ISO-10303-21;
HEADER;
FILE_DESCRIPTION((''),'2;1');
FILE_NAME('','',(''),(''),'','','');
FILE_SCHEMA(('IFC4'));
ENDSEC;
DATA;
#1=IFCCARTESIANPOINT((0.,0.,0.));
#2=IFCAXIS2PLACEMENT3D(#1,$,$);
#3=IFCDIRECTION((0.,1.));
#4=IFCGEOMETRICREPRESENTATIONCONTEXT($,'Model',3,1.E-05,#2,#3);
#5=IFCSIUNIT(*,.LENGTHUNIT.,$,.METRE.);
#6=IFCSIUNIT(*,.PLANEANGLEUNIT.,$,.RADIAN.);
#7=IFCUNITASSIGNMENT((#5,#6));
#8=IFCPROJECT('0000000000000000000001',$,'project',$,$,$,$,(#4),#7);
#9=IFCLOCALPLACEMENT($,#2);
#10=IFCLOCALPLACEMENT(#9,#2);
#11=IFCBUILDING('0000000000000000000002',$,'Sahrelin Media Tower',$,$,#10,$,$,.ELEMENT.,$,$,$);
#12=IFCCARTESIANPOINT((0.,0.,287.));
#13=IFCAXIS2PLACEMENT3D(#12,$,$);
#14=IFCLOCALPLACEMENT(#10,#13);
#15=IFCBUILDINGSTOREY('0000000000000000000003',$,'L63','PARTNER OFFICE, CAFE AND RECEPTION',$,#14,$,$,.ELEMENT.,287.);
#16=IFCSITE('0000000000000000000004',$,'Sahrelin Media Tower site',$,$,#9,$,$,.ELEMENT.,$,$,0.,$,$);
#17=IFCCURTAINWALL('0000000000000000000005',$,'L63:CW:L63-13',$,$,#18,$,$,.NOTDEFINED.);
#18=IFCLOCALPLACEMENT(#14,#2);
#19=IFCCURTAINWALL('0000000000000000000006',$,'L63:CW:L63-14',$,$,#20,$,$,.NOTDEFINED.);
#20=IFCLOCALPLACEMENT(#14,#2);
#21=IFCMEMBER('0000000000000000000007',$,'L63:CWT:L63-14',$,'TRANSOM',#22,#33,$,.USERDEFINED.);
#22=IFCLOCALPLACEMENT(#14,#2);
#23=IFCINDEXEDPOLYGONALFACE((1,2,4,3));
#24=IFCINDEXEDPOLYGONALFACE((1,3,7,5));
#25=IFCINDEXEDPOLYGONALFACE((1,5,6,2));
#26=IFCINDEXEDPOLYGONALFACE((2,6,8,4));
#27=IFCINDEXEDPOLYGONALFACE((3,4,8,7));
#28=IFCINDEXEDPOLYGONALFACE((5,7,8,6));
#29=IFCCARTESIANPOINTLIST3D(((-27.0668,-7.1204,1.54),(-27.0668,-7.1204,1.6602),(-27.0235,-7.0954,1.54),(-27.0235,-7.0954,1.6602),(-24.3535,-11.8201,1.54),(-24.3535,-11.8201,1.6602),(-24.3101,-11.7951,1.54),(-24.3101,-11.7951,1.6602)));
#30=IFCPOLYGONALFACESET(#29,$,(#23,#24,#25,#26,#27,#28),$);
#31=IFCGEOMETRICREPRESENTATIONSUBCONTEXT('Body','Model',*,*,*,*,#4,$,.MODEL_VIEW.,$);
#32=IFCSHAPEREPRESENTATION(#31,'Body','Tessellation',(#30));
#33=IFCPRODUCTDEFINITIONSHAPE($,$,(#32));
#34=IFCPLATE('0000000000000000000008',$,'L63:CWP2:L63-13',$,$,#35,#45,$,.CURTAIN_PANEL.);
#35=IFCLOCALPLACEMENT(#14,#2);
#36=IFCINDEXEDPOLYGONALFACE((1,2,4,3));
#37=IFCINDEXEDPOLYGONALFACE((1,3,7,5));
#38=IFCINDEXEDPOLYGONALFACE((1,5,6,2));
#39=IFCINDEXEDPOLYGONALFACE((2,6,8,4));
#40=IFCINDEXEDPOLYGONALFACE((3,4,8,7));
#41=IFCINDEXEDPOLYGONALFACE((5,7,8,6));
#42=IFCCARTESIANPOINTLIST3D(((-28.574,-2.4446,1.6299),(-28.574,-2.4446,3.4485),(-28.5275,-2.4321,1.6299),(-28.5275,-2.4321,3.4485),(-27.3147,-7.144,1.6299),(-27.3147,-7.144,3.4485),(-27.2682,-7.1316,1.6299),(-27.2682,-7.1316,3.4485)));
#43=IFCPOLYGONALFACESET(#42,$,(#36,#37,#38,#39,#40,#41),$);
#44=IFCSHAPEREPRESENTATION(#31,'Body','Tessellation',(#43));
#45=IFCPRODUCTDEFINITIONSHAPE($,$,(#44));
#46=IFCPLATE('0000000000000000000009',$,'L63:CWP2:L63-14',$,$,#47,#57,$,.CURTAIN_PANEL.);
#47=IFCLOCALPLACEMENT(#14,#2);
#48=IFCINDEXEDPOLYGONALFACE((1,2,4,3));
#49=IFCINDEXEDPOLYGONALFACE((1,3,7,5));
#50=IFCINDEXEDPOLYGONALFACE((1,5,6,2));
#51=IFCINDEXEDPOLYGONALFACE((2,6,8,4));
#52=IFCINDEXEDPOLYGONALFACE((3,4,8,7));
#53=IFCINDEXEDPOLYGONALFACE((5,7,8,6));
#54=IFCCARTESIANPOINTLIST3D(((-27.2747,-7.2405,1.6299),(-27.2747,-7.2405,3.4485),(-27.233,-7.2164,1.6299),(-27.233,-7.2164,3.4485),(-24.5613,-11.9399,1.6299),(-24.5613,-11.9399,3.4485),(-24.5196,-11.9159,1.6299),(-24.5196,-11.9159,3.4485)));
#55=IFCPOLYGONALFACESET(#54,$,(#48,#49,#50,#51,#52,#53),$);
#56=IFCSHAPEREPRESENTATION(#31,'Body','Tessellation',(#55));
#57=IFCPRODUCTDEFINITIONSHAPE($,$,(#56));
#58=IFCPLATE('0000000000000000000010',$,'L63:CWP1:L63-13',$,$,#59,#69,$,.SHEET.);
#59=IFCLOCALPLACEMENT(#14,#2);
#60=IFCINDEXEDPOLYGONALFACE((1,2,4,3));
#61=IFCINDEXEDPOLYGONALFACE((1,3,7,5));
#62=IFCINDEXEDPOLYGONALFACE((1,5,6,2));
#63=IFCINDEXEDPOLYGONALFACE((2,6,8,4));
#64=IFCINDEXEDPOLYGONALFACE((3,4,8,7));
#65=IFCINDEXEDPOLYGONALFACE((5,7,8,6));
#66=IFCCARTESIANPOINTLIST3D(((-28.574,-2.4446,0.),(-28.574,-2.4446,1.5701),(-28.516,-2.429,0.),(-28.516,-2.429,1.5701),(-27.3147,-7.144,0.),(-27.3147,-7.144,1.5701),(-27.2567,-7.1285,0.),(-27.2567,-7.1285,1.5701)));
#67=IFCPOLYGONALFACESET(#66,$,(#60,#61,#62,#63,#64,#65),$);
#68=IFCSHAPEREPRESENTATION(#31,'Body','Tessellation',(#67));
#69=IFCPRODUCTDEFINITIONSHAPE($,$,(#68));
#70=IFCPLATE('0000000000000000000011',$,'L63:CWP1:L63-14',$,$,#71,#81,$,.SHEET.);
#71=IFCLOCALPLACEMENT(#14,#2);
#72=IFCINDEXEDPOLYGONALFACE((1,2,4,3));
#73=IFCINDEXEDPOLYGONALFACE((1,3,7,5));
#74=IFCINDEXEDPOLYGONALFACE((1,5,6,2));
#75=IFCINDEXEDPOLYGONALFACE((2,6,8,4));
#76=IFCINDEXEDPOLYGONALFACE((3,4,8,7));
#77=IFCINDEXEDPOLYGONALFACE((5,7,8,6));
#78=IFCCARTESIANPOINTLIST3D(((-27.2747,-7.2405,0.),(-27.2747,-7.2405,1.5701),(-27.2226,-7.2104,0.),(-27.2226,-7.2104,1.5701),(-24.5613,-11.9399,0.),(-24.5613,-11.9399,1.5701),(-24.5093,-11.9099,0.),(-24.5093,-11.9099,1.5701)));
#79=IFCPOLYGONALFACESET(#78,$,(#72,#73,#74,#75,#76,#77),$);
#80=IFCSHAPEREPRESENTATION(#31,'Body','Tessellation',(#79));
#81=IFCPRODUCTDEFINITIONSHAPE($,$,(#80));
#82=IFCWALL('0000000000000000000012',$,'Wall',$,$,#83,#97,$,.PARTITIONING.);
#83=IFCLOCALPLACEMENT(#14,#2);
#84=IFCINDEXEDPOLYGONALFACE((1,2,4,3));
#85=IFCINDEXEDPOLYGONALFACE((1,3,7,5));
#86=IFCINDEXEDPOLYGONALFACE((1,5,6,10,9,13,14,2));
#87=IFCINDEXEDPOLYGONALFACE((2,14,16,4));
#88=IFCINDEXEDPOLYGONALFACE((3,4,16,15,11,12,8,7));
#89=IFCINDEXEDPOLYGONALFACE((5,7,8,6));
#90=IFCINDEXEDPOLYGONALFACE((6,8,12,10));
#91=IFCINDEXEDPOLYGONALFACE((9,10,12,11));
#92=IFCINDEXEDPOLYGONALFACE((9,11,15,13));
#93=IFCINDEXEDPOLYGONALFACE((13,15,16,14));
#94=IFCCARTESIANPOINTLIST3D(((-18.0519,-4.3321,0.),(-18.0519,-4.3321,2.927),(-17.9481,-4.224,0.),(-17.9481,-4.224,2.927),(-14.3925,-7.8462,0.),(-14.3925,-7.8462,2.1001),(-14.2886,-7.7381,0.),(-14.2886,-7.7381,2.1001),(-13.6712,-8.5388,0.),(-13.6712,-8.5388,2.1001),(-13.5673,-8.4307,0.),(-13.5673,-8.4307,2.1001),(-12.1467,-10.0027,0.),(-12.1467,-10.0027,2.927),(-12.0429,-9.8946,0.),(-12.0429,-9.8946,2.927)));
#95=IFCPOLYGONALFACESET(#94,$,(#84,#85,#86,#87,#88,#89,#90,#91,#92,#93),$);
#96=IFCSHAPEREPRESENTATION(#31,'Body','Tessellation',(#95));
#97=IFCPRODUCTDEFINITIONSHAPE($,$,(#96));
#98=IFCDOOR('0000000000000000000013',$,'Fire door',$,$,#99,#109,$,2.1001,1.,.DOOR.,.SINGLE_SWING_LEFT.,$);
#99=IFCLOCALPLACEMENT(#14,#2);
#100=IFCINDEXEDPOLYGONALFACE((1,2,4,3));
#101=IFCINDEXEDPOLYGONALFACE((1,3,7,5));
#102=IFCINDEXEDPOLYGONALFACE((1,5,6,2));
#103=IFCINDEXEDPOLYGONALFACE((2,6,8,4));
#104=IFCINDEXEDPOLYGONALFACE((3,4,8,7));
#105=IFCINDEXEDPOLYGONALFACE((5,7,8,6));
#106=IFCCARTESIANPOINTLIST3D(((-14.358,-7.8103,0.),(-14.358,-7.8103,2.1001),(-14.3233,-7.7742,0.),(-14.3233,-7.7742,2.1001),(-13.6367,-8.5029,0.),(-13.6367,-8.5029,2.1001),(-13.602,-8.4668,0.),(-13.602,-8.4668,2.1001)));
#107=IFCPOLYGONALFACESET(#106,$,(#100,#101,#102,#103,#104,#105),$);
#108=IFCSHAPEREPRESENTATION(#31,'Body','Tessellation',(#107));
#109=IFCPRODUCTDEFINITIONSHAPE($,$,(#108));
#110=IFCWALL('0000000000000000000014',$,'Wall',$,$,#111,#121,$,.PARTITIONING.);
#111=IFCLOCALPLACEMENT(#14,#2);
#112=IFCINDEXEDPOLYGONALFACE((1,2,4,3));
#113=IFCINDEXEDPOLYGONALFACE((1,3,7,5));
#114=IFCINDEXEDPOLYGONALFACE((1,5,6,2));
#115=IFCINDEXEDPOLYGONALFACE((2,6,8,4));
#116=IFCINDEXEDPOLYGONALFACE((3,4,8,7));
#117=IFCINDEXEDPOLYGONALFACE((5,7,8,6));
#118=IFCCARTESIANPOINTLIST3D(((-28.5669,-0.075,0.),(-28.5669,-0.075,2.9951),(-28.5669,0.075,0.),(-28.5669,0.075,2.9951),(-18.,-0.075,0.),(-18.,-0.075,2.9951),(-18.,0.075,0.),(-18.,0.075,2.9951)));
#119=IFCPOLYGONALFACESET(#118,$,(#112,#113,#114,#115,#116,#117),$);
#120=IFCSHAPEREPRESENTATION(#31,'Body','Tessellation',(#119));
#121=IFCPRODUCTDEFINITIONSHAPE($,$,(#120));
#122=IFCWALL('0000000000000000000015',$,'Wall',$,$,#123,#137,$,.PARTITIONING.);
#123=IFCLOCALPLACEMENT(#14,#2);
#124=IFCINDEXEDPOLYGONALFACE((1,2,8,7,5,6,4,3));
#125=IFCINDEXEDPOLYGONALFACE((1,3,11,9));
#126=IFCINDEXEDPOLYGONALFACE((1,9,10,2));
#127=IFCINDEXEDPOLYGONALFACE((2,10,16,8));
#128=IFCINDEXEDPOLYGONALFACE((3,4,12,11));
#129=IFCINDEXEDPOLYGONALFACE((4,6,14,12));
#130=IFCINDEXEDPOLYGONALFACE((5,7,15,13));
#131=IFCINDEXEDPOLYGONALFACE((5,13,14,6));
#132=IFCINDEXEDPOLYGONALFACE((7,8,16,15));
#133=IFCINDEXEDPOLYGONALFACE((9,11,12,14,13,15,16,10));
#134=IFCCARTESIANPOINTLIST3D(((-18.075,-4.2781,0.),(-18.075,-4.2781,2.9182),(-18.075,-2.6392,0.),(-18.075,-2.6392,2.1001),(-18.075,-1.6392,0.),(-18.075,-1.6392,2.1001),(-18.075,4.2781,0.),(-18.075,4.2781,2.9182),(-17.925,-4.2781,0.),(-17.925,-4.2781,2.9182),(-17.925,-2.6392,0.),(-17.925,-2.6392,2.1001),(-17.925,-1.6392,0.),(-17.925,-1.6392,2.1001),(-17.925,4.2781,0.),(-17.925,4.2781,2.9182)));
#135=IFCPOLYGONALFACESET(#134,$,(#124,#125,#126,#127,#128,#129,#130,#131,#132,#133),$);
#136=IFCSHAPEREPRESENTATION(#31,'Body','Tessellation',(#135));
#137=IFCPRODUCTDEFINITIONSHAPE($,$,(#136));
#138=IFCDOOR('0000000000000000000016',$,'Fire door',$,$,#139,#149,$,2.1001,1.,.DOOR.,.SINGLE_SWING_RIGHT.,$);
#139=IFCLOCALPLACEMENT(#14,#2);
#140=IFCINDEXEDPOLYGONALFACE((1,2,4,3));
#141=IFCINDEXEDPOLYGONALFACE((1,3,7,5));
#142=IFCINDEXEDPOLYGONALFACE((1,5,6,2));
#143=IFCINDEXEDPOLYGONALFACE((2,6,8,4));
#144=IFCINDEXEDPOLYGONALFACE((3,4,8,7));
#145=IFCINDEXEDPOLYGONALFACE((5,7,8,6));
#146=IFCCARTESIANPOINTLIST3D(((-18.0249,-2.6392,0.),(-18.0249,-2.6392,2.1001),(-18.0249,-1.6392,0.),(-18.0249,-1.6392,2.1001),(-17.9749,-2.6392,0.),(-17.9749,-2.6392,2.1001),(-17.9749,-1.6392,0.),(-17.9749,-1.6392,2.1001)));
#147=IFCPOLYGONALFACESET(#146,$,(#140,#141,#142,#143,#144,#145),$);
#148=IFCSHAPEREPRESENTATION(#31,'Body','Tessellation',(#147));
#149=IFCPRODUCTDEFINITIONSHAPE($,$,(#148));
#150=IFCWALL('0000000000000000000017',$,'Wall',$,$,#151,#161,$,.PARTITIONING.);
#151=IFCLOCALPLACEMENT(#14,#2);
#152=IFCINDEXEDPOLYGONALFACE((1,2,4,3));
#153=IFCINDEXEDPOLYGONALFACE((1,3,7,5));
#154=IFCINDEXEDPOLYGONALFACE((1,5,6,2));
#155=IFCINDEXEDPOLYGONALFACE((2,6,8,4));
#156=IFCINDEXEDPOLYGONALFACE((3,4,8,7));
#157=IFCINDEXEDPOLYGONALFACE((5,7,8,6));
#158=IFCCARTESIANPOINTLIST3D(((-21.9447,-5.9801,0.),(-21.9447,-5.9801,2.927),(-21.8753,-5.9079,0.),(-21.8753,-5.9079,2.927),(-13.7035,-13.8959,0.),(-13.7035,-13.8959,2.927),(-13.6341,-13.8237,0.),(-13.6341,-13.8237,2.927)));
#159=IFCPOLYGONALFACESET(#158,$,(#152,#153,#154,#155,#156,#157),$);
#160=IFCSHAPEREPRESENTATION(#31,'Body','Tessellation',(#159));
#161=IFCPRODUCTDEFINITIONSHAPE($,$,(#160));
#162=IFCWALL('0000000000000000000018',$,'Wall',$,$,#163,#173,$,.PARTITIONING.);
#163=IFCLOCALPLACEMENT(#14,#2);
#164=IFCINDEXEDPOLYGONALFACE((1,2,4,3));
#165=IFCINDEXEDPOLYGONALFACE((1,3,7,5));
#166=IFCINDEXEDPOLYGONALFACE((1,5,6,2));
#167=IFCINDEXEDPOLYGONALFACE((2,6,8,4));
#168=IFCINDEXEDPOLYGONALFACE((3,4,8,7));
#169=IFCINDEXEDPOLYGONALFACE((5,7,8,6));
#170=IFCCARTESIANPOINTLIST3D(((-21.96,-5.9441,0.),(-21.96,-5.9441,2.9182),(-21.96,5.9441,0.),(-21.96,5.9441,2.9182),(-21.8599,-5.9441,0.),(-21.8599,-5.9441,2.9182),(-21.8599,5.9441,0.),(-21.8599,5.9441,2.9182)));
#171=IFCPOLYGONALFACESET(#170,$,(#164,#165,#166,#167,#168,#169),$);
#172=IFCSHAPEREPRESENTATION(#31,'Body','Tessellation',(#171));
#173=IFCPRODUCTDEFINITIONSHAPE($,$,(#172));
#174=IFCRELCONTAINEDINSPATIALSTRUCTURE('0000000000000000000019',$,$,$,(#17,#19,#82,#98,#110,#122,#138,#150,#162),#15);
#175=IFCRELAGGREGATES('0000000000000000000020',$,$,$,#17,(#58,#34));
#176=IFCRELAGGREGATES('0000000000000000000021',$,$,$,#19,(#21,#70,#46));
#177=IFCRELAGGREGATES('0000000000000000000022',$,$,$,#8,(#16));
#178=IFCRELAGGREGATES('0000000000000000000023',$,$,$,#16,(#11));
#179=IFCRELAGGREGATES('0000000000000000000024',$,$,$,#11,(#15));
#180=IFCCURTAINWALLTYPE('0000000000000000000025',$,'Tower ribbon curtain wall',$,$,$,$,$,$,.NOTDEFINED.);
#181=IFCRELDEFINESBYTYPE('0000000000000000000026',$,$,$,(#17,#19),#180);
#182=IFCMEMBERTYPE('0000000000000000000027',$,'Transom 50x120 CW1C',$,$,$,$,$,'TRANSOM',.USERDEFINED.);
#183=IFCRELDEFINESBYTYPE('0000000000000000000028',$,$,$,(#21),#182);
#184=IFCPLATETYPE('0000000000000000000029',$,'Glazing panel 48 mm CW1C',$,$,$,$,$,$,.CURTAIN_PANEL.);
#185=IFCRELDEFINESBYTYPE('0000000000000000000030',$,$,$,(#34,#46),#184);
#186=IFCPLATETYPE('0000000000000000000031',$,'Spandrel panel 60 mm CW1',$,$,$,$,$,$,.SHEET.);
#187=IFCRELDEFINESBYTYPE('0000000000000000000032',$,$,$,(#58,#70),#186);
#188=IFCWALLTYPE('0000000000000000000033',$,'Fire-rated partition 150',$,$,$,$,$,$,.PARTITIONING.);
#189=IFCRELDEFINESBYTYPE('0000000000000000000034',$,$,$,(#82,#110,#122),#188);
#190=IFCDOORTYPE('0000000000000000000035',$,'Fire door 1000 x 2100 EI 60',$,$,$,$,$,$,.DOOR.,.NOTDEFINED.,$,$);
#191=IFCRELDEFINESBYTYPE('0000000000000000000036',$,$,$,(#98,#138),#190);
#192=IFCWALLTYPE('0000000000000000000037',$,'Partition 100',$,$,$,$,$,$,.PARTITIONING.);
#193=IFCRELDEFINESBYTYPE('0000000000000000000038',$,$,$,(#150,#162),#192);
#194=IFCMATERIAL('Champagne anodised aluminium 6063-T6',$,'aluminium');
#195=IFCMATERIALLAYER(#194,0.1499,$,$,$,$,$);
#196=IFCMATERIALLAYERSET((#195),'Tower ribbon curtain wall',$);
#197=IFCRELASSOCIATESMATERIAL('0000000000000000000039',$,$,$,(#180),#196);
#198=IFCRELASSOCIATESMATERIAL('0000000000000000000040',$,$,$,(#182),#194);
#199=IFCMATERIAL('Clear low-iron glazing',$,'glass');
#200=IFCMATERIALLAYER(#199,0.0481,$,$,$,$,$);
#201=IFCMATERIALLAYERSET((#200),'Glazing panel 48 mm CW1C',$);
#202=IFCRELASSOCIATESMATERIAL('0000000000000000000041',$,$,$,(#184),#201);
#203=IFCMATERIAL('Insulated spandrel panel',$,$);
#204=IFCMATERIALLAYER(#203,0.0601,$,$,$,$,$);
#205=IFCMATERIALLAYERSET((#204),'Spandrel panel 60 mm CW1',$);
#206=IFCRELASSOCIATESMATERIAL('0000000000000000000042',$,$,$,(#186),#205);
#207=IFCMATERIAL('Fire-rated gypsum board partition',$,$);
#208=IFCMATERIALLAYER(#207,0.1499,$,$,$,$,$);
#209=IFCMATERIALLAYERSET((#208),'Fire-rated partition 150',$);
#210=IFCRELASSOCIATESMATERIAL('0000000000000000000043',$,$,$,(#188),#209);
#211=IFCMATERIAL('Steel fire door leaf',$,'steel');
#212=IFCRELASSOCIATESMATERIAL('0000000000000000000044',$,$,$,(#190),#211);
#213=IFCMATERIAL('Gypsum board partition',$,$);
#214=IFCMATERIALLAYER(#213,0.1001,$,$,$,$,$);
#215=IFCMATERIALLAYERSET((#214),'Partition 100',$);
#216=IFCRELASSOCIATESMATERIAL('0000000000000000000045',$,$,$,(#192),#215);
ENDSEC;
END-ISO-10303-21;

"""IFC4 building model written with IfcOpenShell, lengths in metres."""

from ifc_helpers import new_model, si_unit, direction, frame, frame_2d, origin, origin_2d, place, context, subcontext, project, spatial, polyline, rectangle, outline, extrude, material, layer, layer_set, material_profile, profile_set, type_object, element, fill, aggregate, save


model = new_model("IFC4")

# Units and contexts
model_context = context("Model", 3, precision=1e-05, world=origin(), true_north=direction((0.0, 1.0)))
body_context = subcontext(model_context, "Body", "Model", "MODEL_VIEW")
ifc_project = project(units=[si_unit("LENGTHUNIT", "METRE"), si_unit("PLANEANGLEUNIT", "RADIAN")], contexts=[model_context])

# Site, building, storey
site_placement = place(None, origin())
site = spatial("IfcSite", under=ifc_project, at=site_placement, Name="Sahrelin Media Tower site", CompositionType="ELEMENT", RefElevation=0.0)
building_placement = place(site_placement, origin())
building = spatial("IfcBuilding", under=site, at=building_placement, Name="Sahrelin Media Tower", CompositionType="ELEMENT")
storey_placement = place(building_placement, frame((0.0, 0.0, 287.0)))
storey = spatial("IfcBuildingStorey", under=building, at=storey_placement, Name="L63", Description="PARTNER OFFICE, CAFE AND RECEPTION", CompositionType="ELEMENT", Elevation=287.0)

# Curtain wall
ifc_material_1 = material(Name="Champagne anodised aluminium 6063-T6", Category="aluminium")
ifc_layer_1 = layer(ifc_material_1, 0.1499)
ifc_layer_set_1 = layer_set([ifc_layer_1], Name="Tower ribbon curtain wall")
curtain_wall_type = type_object("IfcCurtainWallType", Name="Tower ribbon curtain wall", PredefinedType="NOTDEFINED", material=ifc_layer_set_1)
curtain_wall_1_placement = place(storey_placement, frame((-27.9248, -4.7893, 0.0), z_axis=(0.0, 0.0, 1.0), x_axis=(1.0, 0.0, 0.0)))
curtain_wall_1 = element("IfcCurtainWall", 1, at=curtain_wall_1_placement, inside=storey, type_object=curtain_wall_type, Name="L63:CW:L63-13", PredefinedType="NOTDEFINED")

# Shared definitions
ifc_material_profile_1 = material_profile(ifc_material_1, rectangle(XDim=0.05, YDim=0.1201, at=origin_2d()), Name="Transom 50x120")
ifc_profile_set_1 = profile_set([ifc_material_profile_1], Name="Champagne anodised aluminium 6063-T6")
member_type_1 = type_object("IfcMemberType", Name="Transom 50x120 CW1C", ElementType="TRANSOM", PredefinedType="USERDEFINED", material=ifc_profile_set_1)

# Curtain wall, member
curtain_wall_2_placement = place(storey_placement, frame((-25.9006, -9.5801, 0.0), z_axis=(0.0, 0.0, 1.0), x_axis=(1.0, 0.0, 0.0)))
curtain_wall_2 = element("IfcCurtainWall", 2, at=curtain_wall_2_placement, inside=storey, type_object=curtain_wall_type, Name="L63:CW:L63-14", PredefinedType="NOTDEFINED")
member_1_placement = place(storey_placement, frame((-27.0452, -7.1079, 1.6001), z_axis=(0.5, -0.866025, 0.0), x_axis=(0.866025, 0.5, 0.0)))
member_1 = element("IfcMember", 3, at=member_1_placement, type_object=member_type_1, Name="L63:CWT:L63-14", ObjectType="TRANSOM", PredefinedType="USERDEFINED", context=body_context, shape_type="SweptSolid", body=[
    extrude(rectangle(XDim=0.05, YDim=0.1201, at=origin_2d()), origin(), (0.0, 0.0, 1.0), 5.4268),
])

# Plates
ifc_material_2 = material(Name="Clear low-iron glazing", Category="glass")
ifc_layer_2 = layer(ifc_material_2, 0.0481)
ifc_layer_set_2 = layer_set([ifc_layer_2], Name="Glazing panel 48 mm CW1C")
plate_type_1 = type_object("IfcPlateType", Name="Glazing panel 48 mm CW1C", PredefinedType="CURTAIN_PANEL", material=ifc_layer_set_2)
plate_1_placement = place(storey_placement, frame((-28.574, -2.4446, 1.6299), z_axis=(-0.965923, -0.258831, 0.0), x_axis=(0.258831, -0.965923, 0.0)))
plate_1 = element("IfcPlate", 4, at=plate_1_placement, type_object=plate_type_1, Name="L63:CWP2:L63-13", PredefinedType="CURTAIN_PANEL", context=body_context, shape_type="SweptSolid", body=[
    extrude(outline(polyline([(0.0, 0.0), (4.8652, 0.0), (4.8652, 1.8186), (0.0, 1.8186), (0.0, 0.0)])), origin(), (0.0, 0.0, -1.0), 0.0481),
])
plate_2_placement = place(storey_placement, frame((-27.2747, -7.2405, 1.6299), z_axis=(-0.866014, -0.50002, 0.0), x_axis=(0.50002, -0.866014, 0.0)))
plate_2 = element("IfcPlate", 5, at=plate_2_placement, type_object=plate_type_1, Name="L63:CWP2:L63-14", PredefinedType="CURTAIN_PANEL", context=body_context, shape_type="SweptSolid", body=[
    extrude(outline(polyline([(0.0, 0.0), (5.4265, 0.0), (5.4265, 1.8186), (0.0, 1.8186), (0.0, 0.0)])), origin(), (0.0, 0.0, -1.0), 0.0481),
])
ifc_material_3 = material(Name="Insulated spandrel panel")
ifc_layer_3 = layer(ifc_material_3, 0.0601)
ifc_layer_set_3 = layer_set([ifc_layer_3], Name="Spandrel panel 60 mm CW1")
plate_type_2 = type_object("IfcPlateType", Name="Spandrel panel 60 mm CW1", PredefinedType="SHEET", material=ifc_layer_set_3)
plate_3_placement = place(storey_placement, frame((-28.574, -2.4446, 0.0), z_axis=(-0.965923, -0.258831, 0.0), x_axis=(0.258831, -0.965923, 0.0)))
plate_3 = element("IfcPlate", 6, at=plate_3_placement, type_object=plate_type_2, Name="L63:CWP1:L63-13", PredefinedType="SHEET", context=body_context, shape_type="SweptSolid", body=[
    extrude(outline(polyline([(0.0, 0.0), (4.8652, 0.0), (4.8652, 1.5701), (0.0, 1.5701), (0.0, 0.0)])), origin(), (0.0, 0.0, -1.0), 0.0601),
])
aggregate(curtain_wall_1, [plate_3, plate_1])
plate_4_placement = place(storey_placement, frame((-27.2747, -7.2405, 0.0), z_axis=(-0.866014, -0.50002, 0.0), x_axis=(0.50002, -0.866014, 0.0)))
plate_4 = element("IfcPlate", 7, at=plate_4_placement, type_object=plate_type_2, Name="L63:CWP1:L63-14", PredefinedType="SHEET", context=body_context, shape_type="SweptSolid", body=[
    extrude(outline(polyline([(0.0, 0.0), (5.4265, 0.0), (5.4265, 1.5701), (0.0, 1.5701), (0.0, 0.0)])), origin(), (0.0, 0.0, -1.0), 0.0601),
])
aggregate(curtain_wall_2, [member_1, plate_4, plate_2])

# Wall, opening, door
ifc_material_4 = material(Name="Fire-rated gypsum board partition")
ifc_layer_4 = layer(ifc_material_4, 0.1499)
ifc_layer_set_4 = layer_set([ifc_layer_4], Name="Fire-rated partition 150")
wall_type_1 = type_object("IfcWallType", Name="Fire-rated partition 150", PredefinedType="PARTITIONING", material=ifc_layer_set_4)
wall_1_placement = place(storey_placement, frame((-18.0, -4.2781, 0.0), z_axis=(0.0, 0.0, 1.0), x_axis=(0.72129, -0.692633, 0.0)))
wall_1 = element("IfcWall", 8, at=wall_1_placement, inside=storey, type_object=wall_type_1, Name="Wall", PredefinedType="PARTITIONING", context=body_context, shape_type="SweptSolid", body=[
    extrude(rectangle(XDim=8.187, YDim=0.1499, at=frame_2d((4.0935, 0.0))), origin(), (0.0, 0.0, 1.0), 2.927),
])
opening_1_placement = place(wall_1_placement, frame((5.0735, 0.0, 0.0)))
opening_1 = element("IfcOpeningElement", 9, at=opening_1_placement, cuts=wall_1, PredefinedType="OPENING", context=body_context, shape_type="SweptSolid", body=[
    extrude(rectangle(XDim=1.0, YDim=2.1001, at=frame_2d((0.5, 1.05))), frame((0.0, 0.075, 0.0), z_axis=(0.0, -1.0, 0.0), x_axis=(1.0, 0.0, 0.0)), (0.0, 0.0, 1.0), 0.1499),
])
ifc_material_5 = material(Name="Steel fire door leaf", Category="steel")
door_type = type_object("IfcDoorType", Name="Fire door 1000 x 2100 EI 60", OperationType="NOTDEFINED", PredefinedType="DOOR", material=ifc_material_5)
door_1_placement = place(opening_1_placement, origin())
door_1 = element("IfcDoor", 10, at=door_1_placement, inside=storey, type_object=door_type, Name="Fire door", OperationType="SINGLE_SWING_LEFT", OverallHeight=2.1001, OverallWidth=1.0, PredefinedType="DOOR", context=body_context, shape_type="SweptSolid", body=[
    extrude(rectangle(XDim=1.0, YDim=2.1001, at=frame_2d((0.5, 1.05))), frame((0.0, 0.0249, 0.0), z_axis=(0.0, -1.0, 0.0), x_axis=(1.0, 0.0, 0.0)), (0.0, 0.0, 1.0), 0.05),
])
fill(opening_1, door_1)

# Wall
wall_2_placement = place(storey_placement, frame((-28.5669, 0.0, 0.0), z_axis=(0.0, 0.0, 1.0), x_axis=(1.0, 0.0, 0.0)))
element("IfcWall", 11, at=wall_2_placement, inside=storey, type_object=wall_type_1, Name="Wall", PredefinedType="PARTITIONING", context=body_context, shape_type="SweptSolid", body=[
    extrude(rectangle(XDim=10.5669, YDim=0.1499, at=frame_2d((5.2834, 0.0))), origin(), (0.0, 0.0, 1.0), 2.9951),
])

# Wall, opening, door
wall_3_placement = place(storey_placement, frame((-18.0, -4.2781, 0.0), z_axis=(0.0, 0.0, 1.0), x_axis=(0.0, 1.0, 0.0)))
wall_3 = element("IfcWall", 12, at=wall_3_placement, inside=storey, type_object=wall_type_1, Name="Wall", PredefinedType="PARTITIONING", context=body_context, shape_type="SweptSolid", body=[
    extrude(rectangle(XDim=8.5562, YDim=0.1499, at=frame_2d((4.2781, 0.0))), origin(), (0.0, 0.0, 1.0), 2.9182),
])
opening_2_placement = place(wall_3_placement, frame((1.6389, 0.0, 0.0)))
opening_2 = element("IfcOpeningElement", 13, at=opening_2_placement, cuts=wall_3, PredefinedType="OPENING", context=body_context, shape_type="SweptSolid", body=[
    extrude(rectangle(XDim=1.0, YDim=2.1001, at=frame_2d((0.5, 1.05))), frame((0.0, 0.075, 0.0), z_axis=(0.0, -1.0, 0.0), x_axis=(1.0, 0.0, 0.0)), (0.0, 0.0, 1.0), 0.1499),
])
door_2_placement = place(opening_2_placement, origin())
door_2 = element("IfcDoor", 14, at=door_2_placement, inside=storey, type_object=door_type, Name="Fire door", OperationType="SINGLE_SWING_RIGHT", OverallHeight=2.1001, OverallWidth=1.0, PredefinedType="DOOR", context=body_context, shape_type="SweptSolid", body=[
    extrude(rectangle(XDim=1.0, YDim=2.1001, at=frame_2d((0.5, 1.05))), frame((0.0, 0.0249, 0.0), z_axis=(0.0, -1.0, 0.0), x_axis=(1.0, 0.0, 0.0)), (0.0, 0.0, 1.0), 0.05),
])
fill(opening_2, door_2)

# Walls
ifc_material_6 = material(Name="Gypsum board partition")
ifc_layer_5 = layer(ifc_material_6, 0.1001)
ifc_layer_set_5 = layer_set([ifc_layer_5], Name="Partition 100")
wall_type_2 = type_object("IfcWallType", Name="Partition 100", PredefinedType="PARTITIONING", material=ifc_layer_set_5)
wall_4_placement = place(storey_placement, frame((-21.9099, -5.9441, 0.0), z_axis=(0.0, 0.0, 1.0), x_axis=(0.721203, -0.692723, 0.0)))
element("IfcWall", 15, at=wall_4_placement, inside=storey, type_object=wall_type_2, Name="Wall", PredefinedType="PARTITIONING", context=body_context, shape_type="SweptSolid", body=[
    extrude(rectangle(XDim=11.427, YDim=0.1001, at=frame_2d((5.7134, 0.0))), origin(), (0.0, 0.0, 1.0), 2.927),
])
wall_5_placement = place(storey_placement, frame((-21.9099, -5.9441, 0.0), z_axis=(0.0, 0.0, 1.0), x_axis=(0.0, 1.0, 0.0)))
element("IfcWall", 16, at=wall_5_placement, inside=storey, type_object=wall_type_2, Name="Wall", PredefinedType="PARTITIONING", context=body_context, shape_type="SweptSolid", body=[
    extrude(rectangle(XDim=11.8882, YDim=0.1001, at=frame_2d((5.9441, 0.0))), origin(), (0.0, 0.0, 1.0), 2.9182),
])

save(model, "model.ifc")
